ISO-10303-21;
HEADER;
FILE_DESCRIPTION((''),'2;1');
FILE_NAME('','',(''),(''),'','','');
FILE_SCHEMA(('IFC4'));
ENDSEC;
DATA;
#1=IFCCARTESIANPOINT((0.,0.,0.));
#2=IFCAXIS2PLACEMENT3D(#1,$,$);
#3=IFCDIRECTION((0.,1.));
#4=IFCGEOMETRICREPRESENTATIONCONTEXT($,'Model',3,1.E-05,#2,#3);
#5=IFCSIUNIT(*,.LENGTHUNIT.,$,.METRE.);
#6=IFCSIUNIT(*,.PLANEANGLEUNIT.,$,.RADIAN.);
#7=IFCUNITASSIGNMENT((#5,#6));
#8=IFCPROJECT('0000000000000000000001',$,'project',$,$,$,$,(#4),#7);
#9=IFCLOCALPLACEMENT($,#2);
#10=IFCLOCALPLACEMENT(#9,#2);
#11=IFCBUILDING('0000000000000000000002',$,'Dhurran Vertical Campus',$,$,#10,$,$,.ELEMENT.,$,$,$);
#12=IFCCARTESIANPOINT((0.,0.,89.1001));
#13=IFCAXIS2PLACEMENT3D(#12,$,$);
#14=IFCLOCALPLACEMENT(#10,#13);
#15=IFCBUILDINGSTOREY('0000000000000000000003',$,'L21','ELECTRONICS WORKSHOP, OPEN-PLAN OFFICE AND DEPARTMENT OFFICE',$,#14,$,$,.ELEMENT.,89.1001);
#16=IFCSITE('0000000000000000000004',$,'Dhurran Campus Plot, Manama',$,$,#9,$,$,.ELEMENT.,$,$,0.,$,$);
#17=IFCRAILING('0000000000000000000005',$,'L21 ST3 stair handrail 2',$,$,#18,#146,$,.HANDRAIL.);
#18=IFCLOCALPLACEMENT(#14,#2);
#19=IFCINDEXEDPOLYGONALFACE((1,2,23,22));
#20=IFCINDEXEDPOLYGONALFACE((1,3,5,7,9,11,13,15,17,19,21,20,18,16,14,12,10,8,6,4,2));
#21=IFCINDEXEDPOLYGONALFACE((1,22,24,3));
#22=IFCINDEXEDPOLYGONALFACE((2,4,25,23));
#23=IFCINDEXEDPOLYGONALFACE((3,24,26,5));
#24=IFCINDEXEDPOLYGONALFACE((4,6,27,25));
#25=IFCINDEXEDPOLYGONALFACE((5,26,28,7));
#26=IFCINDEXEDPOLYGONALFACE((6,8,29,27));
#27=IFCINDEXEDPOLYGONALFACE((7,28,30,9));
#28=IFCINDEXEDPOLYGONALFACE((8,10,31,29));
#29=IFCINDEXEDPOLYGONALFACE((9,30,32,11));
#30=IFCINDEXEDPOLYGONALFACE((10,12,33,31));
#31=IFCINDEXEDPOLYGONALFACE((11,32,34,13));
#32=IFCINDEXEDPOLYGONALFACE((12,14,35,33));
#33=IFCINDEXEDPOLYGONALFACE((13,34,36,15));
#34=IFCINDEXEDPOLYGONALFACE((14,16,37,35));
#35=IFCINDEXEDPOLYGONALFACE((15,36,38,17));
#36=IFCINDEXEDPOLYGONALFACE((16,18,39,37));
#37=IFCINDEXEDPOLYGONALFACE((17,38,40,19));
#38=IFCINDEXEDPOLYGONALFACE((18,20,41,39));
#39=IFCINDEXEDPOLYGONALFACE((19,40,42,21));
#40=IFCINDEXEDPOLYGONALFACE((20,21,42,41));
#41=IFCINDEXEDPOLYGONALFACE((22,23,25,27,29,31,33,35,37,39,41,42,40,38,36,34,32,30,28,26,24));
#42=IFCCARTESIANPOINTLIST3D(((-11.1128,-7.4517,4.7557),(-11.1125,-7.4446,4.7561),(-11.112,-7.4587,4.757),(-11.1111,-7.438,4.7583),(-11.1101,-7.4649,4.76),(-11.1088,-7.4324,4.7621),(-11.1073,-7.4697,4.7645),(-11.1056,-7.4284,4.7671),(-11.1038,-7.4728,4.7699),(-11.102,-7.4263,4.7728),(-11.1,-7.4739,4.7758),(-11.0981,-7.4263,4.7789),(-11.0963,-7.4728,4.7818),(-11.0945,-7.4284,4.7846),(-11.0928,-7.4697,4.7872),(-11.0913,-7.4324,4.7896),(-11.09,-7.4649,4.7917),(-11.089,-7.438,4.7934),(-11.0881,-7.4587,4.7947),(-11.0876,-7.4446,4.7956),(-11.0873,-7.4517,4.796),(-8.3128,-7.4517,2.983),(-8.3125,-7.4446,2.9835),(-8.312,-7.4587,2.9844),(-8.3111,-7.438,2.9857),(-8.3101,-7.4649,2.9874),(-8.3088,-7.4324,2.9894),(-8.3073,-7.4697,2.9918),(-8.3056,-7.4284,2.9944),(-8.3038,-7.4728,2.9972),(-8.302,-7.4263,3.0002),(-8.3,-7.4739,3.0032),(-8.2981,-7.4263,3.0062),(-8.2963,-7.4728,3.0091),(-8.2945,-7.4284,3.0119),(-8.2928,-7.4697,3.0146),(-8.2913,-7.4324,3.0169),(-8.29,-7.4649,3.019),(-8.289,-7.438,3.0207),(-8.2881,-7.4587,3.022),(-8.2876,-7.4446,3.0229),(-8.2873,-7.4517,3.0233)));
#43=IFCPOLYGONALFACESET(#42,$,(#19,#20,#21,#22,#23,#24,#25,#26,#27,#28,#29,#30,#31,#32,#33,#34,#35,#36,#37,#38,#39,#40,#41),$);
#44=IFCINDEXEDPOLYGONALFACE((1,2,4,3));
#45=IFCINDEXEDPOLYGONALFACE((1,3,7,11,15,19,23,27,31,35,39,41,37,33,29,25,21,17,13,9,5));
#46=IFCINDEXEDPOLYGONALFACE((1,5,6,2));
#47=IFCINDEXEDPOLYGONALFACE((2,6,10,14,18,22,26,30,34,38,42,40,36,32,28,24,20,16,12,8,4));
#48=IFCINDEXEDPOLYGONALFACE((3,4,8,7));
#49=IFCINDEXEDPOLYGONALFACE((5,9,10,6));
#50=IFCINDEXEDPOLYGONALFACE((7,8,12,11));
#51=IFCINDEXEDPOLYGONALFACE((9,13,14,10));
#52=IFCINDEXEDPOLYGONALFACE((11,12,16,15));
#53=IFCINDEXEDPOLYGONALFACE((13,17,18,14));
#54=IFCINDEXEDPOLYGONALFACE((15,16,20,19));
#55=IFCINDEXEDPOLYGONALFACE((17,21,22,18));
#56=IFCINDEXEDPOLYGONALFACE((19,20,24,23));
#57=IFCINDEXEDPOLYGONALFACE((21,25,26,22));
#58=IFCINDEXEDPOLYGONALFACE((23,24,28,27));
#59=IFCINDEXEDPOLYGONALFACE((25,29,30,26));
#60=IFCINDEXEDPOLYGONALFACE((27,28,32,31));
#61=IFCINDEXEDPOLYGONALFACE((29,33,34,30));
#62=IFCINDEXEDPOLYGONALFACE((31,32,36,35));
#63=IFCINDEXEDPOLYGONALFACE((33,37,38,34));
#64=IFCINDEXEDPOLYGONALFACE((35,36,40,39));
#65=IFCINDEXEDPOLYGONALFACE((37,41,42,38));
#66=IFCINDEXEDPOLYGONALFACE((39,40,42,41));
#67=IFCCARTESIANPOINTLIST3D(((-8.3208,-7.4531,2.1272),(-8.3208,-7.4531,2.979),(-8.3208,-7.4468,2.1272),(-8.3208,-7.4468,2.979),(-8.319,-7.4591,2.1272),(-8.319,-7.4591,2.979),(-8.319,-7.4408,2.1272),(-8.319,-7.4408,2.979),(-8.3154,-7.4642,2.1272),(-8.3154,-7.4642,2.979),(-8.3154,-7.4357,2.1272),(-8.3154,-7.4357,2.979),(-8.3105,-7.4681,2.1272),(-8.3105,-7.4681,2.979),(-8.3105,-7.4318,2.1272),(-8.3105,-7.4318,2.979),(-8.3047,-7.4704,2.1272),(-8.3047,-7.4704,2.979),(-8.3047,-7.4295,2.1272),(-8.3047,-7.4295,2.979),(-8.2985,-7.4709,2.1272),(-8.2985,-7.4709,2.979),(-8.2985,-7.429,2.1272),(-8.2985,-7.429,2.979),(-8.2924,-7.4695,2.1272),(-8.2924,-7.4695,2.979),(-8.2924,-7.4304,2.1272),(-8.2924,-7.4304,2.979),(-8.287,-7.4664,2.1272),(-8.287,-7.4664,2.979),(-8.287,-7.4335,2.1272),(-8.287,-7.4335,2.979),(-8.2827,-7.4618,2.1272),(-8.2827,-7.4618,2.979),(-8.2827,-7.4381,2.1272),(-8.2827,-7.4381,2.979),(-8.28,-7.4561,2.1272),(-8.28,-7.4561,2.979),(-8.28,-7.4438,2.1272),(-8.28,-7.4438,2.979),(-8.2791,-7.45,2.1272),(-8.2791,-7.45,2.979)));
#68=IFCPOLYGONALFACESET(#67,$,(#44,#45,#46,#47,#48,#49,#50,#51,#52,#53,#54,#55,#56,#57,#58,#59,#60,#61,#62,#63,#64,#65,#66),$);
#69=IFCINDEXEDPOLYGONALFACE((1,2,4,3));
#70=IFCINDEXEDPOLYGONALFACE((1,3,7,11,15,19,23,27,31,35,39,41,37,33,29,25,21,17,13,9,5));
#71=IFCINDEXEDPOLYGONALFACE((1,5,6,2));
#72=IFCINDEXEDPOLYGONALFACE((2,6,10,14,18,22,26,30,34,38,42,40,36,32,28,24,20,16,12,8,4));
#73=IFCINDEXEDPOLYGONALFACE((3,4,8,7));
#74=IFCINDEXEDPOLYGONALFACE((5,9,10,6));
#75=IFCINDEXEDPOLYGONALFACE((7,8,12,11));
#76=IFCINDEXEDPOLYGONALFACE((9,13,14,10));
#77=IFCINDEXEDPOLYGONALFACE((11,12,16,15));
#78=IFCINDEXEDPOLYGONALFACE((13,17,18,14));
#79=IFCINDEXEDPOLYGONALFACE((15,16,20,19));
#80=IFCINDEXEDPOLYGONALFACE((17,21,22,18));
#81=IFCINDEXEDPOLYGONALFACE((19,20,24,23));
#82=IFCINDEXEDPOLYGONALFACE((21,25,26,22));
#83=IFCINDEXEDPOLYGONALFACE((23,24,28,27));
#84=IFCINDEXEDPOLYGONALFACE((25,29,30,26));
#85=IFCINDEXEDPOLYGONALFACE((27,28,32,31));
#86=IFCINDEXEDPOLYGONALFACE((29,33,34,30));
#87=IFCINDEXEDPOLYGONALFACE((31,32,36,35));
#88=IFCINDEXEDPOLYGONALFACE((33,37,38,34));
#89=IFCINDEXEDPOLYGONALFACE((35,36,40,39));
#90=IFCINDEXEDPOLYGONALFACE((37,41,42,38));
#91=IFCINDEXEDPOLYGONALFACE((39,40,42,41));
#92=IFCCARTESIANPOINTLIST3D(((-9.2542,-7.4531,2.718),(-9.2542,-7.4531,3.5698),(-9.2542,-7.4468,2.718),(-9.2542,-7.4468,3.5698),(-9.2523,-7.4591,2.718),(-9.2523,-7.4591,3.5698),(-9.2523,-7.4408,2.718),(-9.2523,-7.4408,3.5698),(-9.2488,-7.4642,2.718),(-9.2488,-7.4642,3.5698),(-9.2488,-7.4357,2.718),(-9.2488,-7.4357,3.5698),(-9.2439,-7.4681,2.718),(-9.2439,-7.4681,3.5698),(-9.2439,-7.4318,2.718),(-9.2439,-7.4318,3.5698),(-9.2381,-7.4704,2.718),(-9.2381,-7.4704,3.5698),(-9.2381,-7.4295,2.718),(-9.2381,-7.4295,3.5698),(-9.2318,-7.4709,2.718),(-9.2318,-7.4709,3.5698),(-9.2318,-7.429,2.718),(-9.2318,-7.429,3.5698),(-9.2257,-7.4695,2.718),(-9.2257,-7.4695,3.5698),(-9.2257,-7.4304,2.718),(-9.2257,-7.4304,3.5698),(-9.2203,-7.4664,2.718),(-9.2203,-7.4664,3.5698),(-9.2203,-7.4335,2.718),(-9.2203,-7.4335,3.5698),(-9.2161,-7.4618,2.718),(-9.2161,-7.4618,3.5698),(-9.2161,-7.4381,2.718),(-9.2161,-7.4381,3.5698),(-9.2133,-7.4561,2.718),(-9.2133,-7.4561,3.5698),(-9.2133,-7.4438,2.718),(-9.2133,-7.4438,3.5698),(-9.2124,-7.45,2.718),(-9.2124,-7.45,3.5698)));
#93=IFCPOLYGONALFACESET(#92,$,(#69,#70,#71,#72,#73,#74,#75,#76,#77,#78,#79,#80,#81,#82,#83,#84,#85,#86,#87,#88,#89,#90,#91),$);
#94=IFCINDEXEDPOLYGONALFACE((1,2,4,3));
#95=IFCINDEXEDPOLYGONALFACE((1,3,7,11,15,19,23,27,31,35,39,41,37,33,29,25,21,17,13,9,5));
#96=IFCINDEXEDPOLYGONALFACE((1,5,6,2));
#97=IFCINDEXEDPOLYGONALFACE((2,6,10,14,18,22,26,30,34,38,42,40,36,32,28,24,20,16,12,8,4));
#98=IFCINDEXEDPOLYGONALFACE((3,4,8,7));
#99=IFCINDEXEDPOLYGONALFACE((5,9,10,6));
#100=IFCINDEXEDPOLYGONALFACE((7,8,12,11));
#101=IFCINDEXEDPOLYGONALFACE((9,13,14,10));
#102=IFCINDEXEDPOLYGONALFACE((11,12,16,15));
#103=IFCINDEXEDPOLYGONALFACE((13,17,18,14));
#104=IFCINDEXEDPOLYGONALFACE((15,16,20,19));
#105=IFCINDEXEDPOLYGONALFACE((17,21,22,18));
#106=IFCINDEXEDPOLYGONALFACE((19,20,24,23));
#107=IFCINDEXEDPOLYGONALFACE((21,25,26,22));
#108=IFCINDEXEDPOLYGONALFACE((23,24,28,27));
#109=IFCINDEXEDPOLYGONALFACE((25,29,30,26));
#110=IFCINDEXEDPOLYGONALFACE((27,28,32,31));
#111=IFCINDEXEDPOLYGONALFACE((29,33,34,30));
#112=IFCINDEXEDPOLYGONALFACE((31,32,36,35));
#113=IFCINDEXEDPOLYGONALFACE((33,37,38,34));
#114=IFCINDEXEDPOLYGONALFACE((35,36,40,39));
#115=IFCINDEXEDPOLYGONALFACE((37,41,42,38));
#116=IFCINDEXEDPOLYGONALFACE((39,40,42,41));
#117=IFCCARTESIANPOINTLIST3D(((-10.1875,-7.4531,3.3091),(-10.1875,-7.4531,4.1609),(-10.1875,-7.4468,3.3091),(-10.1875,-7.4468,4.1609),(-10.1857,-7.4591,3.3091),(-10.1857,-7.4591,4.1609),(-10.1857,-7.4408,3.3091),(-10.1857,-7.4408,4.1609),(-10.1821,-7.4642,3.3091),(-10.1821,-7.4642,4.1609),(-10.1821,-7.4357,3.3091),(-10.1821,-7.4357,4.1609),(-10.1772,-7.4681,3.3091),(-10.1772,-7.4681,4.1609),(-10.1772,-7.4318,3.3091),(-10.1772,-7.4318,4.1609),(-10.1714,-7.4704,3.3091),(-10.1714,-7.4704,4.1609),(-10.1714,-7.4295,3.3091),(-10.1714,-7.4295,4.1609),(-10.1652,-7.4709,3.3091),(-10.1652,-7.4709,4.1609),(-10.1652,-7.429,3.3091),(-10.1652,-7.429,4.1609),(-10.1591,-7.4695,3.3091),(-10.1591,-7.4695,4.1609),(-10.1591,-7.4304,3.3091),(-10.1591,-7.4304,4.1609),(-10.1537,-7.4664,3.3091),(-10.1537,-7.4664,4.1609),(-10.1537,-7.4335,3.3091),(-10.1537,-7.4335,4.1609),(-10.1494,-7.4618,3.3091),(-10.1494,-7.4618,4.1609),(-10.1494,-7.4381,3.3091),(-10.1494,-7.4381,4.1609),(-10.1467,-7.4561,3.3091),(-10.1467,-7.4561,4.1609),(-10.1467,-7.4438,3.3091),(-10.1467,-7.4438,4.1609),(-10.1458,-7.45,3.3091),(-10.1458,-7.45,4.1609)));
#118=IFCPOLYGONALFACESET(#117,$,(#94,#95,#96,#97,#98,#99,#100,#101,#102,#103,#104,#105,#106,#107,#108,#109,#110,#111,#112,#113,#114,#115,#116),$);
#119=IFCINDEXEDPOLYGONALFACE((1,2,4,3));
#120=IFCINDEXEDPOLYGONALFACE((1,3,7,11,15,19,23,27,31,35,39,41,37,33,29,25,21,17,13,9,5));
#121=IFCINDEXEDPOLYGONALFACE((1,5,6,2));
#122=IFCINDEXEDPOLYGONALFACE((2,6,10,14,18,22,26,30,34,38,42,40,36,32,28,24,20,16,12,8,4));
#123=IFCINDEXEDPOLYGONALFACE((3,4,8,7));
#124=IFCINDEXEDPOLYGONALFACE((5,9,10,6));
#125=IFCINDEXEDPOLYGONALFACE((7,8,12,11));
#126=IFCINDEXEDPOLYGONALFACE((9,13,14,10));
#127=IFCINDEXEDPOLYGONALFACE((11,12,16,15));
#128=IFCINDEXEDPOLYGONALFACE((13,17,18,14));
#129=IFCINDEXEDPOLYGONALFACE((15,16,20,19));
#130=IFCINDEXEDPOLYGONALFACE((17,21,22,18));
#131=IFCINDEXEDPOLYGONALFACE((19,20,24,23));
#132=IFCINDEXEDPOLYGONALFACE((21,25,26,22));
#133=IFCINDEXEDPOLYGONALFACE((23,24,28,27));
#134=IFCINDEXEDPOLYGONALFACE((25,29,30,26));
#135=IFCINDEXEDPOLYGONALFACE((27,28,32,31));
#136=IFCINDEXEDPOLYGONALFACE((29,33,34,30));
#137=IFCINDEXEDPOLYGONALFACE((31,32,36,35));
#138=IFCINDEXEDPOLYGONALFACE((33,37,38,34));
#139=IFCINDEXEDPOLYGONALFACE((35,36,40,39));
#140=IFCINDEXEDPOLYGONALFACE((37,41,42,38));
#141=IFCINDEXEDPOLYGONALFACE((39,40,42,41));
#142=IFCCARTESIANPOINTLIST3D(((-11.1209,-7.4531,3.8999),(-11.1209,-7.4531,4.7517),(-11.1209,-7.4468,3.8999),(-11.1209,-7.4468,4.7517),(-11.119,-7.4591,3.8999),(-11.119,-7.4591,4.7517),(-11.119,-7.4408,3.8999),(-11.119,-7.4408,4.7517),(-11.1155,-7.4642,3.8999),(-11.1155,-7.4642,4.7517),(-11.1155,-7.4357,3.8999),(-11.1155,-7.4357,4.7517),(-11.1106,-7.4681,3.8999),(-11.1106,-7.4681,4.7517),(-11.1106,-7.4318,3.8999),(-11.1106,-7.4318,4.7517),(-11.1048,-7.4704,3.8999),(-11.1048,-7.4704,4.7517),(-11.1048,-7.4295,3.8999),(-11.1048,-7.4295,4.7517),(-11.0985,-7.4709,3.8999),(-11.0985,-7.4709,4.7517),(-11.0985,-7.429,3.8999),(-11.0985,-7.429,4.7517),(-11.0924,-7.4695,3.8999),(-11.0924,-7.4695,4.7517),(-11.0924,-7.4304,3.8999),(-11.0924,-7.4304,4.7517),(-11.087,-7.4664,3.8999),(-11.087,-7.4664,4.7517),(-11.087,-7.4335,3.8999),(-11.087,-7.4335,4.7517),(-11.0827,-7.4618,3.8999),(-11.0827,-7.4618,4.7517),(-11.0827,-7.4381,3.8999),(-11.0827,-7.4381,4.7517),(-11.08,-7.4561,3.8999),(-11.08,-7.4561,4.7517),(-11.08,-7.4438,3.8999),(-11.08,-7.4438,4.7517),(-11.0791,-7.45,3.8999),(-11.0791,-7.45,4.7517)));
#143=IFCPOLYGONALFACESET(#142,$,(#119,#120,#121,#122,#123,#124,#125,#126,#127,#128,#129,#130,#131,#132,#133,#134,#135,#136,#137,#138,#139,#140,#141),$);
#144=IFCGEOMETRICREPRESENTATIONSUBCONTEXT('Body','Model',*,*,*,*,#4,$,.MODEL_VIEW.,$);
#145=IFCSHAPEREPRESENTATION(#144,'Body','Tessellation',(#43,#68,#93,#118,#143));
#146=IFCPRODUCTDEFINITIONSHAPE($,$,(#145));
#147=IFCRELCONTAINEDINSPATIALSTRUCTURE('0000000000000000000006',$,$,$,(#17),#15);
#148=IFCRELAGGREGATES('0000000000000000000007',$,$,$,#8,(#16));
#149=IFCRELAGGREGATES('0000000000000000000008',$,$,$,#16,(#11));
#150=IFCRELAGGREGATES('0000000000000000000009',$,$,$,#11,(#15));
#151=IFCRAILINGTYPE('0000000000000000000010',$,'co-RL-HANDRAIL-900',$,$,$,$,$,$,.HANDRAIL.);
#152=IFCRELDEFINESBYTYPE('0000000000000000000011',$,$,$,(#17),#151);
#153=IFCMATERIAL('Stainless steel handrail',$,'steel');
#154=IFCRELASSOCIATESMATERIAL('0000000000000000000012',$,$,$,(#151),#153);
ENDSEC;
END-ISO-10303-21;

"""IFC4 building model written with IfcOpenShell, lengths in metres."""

from ifc_helpers import new_model, si_unit, direction, frame, origin, origin_2d, place, context, subcontext, project, spatial, circle, extrude, material, type_object, element, save


model = new_model("IFC4")

# Units and contexts
model_context = context("Model", 3, precision=1e-05, world=origin(), true_north=direction((0.0, 1.0)))
body_context = subcontext(model_context, "Body", "Model", "MODEL_VIEW")
ifc_project = project(units=[si_unit("LENGTHUNIT", "METRE"), si_unit("PLANEANGLEUNIT", "RADIAN")], contexts=[model_context])

# Site, building, storey
site_placement = place(None, origin())
site = spatial("IfcSite", under=ifc_project, at=site_placement, Name="Dhurran Campus Plot, Manama", CompositionType="ELEMENT", RefElevation=0.0)
building_placement = place(site_placement, origin())
building = spatial("IfcBuilding", under=site, at=building_placement, Name="Dhurran Vertical Campus", CompositionType="ELEMENT")
storey_placement = place(building_placement, frame((0.0, 0.0, 89.1001)))
storey = spatial("IfcBuildingStorey", under=building, at=storey_placement, Name="L21", Description="ELECTRONICS WORKSHOP, OPEN-PLAN OFFICE AND DEPARTMENT OFFICE", CompositionType="ELEMENT", Elevation=89.1001)

# Railing
ifc_material_1 = material(Name="Stainless steel handrail", Category="steel")
railing_type_1 = type_object("IfcRailingType", Name="co-RL-HANDRAIL-900", PredefinedType="HANDRAIL", material=ifc_material_1)
railing_1_placement = place(storey_placement, frame((-8.3, -7.45, 2.1272)))
element("IfcRailing", 1, at=railing_1_placement, inside=storey, type_object=railing_type_1, Name="L21 ST3 stair handrail 2", PredefinedType="HANDRAIL", context=body_context, shape_type="SweptSolid", body=[
    extrude(circle(Radius=0.0239, at=origin_2d()), frame((0.0, 0.0, 0.876), z_axis=(-0.844909, 0.0, 0.53491), x_axis=(0.0, -1.0, 0.0)), (0.0, 0.0, 1.0), 3.314),
    extrude(circle(Radius=0.021, at=origin_2d()), origin(), (0.0, 0.0, 1.0), 0.8518),
    extrude(circle(Radius=0.021, at=origin_2d()), frame((-0.9333, 0.0, 0.5908)), (0.0, 0.0, 1.0), 0.8518),
    extrude(circle(Radius=0.021, at=origin_2d()), frame((-1.8667, 0.0, 1.1819)), (0.0, 0.0, 1.0), 0.8518),
    extrude(circle(Radius=0.021, at=origin_2d()), frame((-2.8, 0.0, 1.7727)), (0.0, 0.0, 1.0), 0.8518),
])

save(model, "model.ifc")
